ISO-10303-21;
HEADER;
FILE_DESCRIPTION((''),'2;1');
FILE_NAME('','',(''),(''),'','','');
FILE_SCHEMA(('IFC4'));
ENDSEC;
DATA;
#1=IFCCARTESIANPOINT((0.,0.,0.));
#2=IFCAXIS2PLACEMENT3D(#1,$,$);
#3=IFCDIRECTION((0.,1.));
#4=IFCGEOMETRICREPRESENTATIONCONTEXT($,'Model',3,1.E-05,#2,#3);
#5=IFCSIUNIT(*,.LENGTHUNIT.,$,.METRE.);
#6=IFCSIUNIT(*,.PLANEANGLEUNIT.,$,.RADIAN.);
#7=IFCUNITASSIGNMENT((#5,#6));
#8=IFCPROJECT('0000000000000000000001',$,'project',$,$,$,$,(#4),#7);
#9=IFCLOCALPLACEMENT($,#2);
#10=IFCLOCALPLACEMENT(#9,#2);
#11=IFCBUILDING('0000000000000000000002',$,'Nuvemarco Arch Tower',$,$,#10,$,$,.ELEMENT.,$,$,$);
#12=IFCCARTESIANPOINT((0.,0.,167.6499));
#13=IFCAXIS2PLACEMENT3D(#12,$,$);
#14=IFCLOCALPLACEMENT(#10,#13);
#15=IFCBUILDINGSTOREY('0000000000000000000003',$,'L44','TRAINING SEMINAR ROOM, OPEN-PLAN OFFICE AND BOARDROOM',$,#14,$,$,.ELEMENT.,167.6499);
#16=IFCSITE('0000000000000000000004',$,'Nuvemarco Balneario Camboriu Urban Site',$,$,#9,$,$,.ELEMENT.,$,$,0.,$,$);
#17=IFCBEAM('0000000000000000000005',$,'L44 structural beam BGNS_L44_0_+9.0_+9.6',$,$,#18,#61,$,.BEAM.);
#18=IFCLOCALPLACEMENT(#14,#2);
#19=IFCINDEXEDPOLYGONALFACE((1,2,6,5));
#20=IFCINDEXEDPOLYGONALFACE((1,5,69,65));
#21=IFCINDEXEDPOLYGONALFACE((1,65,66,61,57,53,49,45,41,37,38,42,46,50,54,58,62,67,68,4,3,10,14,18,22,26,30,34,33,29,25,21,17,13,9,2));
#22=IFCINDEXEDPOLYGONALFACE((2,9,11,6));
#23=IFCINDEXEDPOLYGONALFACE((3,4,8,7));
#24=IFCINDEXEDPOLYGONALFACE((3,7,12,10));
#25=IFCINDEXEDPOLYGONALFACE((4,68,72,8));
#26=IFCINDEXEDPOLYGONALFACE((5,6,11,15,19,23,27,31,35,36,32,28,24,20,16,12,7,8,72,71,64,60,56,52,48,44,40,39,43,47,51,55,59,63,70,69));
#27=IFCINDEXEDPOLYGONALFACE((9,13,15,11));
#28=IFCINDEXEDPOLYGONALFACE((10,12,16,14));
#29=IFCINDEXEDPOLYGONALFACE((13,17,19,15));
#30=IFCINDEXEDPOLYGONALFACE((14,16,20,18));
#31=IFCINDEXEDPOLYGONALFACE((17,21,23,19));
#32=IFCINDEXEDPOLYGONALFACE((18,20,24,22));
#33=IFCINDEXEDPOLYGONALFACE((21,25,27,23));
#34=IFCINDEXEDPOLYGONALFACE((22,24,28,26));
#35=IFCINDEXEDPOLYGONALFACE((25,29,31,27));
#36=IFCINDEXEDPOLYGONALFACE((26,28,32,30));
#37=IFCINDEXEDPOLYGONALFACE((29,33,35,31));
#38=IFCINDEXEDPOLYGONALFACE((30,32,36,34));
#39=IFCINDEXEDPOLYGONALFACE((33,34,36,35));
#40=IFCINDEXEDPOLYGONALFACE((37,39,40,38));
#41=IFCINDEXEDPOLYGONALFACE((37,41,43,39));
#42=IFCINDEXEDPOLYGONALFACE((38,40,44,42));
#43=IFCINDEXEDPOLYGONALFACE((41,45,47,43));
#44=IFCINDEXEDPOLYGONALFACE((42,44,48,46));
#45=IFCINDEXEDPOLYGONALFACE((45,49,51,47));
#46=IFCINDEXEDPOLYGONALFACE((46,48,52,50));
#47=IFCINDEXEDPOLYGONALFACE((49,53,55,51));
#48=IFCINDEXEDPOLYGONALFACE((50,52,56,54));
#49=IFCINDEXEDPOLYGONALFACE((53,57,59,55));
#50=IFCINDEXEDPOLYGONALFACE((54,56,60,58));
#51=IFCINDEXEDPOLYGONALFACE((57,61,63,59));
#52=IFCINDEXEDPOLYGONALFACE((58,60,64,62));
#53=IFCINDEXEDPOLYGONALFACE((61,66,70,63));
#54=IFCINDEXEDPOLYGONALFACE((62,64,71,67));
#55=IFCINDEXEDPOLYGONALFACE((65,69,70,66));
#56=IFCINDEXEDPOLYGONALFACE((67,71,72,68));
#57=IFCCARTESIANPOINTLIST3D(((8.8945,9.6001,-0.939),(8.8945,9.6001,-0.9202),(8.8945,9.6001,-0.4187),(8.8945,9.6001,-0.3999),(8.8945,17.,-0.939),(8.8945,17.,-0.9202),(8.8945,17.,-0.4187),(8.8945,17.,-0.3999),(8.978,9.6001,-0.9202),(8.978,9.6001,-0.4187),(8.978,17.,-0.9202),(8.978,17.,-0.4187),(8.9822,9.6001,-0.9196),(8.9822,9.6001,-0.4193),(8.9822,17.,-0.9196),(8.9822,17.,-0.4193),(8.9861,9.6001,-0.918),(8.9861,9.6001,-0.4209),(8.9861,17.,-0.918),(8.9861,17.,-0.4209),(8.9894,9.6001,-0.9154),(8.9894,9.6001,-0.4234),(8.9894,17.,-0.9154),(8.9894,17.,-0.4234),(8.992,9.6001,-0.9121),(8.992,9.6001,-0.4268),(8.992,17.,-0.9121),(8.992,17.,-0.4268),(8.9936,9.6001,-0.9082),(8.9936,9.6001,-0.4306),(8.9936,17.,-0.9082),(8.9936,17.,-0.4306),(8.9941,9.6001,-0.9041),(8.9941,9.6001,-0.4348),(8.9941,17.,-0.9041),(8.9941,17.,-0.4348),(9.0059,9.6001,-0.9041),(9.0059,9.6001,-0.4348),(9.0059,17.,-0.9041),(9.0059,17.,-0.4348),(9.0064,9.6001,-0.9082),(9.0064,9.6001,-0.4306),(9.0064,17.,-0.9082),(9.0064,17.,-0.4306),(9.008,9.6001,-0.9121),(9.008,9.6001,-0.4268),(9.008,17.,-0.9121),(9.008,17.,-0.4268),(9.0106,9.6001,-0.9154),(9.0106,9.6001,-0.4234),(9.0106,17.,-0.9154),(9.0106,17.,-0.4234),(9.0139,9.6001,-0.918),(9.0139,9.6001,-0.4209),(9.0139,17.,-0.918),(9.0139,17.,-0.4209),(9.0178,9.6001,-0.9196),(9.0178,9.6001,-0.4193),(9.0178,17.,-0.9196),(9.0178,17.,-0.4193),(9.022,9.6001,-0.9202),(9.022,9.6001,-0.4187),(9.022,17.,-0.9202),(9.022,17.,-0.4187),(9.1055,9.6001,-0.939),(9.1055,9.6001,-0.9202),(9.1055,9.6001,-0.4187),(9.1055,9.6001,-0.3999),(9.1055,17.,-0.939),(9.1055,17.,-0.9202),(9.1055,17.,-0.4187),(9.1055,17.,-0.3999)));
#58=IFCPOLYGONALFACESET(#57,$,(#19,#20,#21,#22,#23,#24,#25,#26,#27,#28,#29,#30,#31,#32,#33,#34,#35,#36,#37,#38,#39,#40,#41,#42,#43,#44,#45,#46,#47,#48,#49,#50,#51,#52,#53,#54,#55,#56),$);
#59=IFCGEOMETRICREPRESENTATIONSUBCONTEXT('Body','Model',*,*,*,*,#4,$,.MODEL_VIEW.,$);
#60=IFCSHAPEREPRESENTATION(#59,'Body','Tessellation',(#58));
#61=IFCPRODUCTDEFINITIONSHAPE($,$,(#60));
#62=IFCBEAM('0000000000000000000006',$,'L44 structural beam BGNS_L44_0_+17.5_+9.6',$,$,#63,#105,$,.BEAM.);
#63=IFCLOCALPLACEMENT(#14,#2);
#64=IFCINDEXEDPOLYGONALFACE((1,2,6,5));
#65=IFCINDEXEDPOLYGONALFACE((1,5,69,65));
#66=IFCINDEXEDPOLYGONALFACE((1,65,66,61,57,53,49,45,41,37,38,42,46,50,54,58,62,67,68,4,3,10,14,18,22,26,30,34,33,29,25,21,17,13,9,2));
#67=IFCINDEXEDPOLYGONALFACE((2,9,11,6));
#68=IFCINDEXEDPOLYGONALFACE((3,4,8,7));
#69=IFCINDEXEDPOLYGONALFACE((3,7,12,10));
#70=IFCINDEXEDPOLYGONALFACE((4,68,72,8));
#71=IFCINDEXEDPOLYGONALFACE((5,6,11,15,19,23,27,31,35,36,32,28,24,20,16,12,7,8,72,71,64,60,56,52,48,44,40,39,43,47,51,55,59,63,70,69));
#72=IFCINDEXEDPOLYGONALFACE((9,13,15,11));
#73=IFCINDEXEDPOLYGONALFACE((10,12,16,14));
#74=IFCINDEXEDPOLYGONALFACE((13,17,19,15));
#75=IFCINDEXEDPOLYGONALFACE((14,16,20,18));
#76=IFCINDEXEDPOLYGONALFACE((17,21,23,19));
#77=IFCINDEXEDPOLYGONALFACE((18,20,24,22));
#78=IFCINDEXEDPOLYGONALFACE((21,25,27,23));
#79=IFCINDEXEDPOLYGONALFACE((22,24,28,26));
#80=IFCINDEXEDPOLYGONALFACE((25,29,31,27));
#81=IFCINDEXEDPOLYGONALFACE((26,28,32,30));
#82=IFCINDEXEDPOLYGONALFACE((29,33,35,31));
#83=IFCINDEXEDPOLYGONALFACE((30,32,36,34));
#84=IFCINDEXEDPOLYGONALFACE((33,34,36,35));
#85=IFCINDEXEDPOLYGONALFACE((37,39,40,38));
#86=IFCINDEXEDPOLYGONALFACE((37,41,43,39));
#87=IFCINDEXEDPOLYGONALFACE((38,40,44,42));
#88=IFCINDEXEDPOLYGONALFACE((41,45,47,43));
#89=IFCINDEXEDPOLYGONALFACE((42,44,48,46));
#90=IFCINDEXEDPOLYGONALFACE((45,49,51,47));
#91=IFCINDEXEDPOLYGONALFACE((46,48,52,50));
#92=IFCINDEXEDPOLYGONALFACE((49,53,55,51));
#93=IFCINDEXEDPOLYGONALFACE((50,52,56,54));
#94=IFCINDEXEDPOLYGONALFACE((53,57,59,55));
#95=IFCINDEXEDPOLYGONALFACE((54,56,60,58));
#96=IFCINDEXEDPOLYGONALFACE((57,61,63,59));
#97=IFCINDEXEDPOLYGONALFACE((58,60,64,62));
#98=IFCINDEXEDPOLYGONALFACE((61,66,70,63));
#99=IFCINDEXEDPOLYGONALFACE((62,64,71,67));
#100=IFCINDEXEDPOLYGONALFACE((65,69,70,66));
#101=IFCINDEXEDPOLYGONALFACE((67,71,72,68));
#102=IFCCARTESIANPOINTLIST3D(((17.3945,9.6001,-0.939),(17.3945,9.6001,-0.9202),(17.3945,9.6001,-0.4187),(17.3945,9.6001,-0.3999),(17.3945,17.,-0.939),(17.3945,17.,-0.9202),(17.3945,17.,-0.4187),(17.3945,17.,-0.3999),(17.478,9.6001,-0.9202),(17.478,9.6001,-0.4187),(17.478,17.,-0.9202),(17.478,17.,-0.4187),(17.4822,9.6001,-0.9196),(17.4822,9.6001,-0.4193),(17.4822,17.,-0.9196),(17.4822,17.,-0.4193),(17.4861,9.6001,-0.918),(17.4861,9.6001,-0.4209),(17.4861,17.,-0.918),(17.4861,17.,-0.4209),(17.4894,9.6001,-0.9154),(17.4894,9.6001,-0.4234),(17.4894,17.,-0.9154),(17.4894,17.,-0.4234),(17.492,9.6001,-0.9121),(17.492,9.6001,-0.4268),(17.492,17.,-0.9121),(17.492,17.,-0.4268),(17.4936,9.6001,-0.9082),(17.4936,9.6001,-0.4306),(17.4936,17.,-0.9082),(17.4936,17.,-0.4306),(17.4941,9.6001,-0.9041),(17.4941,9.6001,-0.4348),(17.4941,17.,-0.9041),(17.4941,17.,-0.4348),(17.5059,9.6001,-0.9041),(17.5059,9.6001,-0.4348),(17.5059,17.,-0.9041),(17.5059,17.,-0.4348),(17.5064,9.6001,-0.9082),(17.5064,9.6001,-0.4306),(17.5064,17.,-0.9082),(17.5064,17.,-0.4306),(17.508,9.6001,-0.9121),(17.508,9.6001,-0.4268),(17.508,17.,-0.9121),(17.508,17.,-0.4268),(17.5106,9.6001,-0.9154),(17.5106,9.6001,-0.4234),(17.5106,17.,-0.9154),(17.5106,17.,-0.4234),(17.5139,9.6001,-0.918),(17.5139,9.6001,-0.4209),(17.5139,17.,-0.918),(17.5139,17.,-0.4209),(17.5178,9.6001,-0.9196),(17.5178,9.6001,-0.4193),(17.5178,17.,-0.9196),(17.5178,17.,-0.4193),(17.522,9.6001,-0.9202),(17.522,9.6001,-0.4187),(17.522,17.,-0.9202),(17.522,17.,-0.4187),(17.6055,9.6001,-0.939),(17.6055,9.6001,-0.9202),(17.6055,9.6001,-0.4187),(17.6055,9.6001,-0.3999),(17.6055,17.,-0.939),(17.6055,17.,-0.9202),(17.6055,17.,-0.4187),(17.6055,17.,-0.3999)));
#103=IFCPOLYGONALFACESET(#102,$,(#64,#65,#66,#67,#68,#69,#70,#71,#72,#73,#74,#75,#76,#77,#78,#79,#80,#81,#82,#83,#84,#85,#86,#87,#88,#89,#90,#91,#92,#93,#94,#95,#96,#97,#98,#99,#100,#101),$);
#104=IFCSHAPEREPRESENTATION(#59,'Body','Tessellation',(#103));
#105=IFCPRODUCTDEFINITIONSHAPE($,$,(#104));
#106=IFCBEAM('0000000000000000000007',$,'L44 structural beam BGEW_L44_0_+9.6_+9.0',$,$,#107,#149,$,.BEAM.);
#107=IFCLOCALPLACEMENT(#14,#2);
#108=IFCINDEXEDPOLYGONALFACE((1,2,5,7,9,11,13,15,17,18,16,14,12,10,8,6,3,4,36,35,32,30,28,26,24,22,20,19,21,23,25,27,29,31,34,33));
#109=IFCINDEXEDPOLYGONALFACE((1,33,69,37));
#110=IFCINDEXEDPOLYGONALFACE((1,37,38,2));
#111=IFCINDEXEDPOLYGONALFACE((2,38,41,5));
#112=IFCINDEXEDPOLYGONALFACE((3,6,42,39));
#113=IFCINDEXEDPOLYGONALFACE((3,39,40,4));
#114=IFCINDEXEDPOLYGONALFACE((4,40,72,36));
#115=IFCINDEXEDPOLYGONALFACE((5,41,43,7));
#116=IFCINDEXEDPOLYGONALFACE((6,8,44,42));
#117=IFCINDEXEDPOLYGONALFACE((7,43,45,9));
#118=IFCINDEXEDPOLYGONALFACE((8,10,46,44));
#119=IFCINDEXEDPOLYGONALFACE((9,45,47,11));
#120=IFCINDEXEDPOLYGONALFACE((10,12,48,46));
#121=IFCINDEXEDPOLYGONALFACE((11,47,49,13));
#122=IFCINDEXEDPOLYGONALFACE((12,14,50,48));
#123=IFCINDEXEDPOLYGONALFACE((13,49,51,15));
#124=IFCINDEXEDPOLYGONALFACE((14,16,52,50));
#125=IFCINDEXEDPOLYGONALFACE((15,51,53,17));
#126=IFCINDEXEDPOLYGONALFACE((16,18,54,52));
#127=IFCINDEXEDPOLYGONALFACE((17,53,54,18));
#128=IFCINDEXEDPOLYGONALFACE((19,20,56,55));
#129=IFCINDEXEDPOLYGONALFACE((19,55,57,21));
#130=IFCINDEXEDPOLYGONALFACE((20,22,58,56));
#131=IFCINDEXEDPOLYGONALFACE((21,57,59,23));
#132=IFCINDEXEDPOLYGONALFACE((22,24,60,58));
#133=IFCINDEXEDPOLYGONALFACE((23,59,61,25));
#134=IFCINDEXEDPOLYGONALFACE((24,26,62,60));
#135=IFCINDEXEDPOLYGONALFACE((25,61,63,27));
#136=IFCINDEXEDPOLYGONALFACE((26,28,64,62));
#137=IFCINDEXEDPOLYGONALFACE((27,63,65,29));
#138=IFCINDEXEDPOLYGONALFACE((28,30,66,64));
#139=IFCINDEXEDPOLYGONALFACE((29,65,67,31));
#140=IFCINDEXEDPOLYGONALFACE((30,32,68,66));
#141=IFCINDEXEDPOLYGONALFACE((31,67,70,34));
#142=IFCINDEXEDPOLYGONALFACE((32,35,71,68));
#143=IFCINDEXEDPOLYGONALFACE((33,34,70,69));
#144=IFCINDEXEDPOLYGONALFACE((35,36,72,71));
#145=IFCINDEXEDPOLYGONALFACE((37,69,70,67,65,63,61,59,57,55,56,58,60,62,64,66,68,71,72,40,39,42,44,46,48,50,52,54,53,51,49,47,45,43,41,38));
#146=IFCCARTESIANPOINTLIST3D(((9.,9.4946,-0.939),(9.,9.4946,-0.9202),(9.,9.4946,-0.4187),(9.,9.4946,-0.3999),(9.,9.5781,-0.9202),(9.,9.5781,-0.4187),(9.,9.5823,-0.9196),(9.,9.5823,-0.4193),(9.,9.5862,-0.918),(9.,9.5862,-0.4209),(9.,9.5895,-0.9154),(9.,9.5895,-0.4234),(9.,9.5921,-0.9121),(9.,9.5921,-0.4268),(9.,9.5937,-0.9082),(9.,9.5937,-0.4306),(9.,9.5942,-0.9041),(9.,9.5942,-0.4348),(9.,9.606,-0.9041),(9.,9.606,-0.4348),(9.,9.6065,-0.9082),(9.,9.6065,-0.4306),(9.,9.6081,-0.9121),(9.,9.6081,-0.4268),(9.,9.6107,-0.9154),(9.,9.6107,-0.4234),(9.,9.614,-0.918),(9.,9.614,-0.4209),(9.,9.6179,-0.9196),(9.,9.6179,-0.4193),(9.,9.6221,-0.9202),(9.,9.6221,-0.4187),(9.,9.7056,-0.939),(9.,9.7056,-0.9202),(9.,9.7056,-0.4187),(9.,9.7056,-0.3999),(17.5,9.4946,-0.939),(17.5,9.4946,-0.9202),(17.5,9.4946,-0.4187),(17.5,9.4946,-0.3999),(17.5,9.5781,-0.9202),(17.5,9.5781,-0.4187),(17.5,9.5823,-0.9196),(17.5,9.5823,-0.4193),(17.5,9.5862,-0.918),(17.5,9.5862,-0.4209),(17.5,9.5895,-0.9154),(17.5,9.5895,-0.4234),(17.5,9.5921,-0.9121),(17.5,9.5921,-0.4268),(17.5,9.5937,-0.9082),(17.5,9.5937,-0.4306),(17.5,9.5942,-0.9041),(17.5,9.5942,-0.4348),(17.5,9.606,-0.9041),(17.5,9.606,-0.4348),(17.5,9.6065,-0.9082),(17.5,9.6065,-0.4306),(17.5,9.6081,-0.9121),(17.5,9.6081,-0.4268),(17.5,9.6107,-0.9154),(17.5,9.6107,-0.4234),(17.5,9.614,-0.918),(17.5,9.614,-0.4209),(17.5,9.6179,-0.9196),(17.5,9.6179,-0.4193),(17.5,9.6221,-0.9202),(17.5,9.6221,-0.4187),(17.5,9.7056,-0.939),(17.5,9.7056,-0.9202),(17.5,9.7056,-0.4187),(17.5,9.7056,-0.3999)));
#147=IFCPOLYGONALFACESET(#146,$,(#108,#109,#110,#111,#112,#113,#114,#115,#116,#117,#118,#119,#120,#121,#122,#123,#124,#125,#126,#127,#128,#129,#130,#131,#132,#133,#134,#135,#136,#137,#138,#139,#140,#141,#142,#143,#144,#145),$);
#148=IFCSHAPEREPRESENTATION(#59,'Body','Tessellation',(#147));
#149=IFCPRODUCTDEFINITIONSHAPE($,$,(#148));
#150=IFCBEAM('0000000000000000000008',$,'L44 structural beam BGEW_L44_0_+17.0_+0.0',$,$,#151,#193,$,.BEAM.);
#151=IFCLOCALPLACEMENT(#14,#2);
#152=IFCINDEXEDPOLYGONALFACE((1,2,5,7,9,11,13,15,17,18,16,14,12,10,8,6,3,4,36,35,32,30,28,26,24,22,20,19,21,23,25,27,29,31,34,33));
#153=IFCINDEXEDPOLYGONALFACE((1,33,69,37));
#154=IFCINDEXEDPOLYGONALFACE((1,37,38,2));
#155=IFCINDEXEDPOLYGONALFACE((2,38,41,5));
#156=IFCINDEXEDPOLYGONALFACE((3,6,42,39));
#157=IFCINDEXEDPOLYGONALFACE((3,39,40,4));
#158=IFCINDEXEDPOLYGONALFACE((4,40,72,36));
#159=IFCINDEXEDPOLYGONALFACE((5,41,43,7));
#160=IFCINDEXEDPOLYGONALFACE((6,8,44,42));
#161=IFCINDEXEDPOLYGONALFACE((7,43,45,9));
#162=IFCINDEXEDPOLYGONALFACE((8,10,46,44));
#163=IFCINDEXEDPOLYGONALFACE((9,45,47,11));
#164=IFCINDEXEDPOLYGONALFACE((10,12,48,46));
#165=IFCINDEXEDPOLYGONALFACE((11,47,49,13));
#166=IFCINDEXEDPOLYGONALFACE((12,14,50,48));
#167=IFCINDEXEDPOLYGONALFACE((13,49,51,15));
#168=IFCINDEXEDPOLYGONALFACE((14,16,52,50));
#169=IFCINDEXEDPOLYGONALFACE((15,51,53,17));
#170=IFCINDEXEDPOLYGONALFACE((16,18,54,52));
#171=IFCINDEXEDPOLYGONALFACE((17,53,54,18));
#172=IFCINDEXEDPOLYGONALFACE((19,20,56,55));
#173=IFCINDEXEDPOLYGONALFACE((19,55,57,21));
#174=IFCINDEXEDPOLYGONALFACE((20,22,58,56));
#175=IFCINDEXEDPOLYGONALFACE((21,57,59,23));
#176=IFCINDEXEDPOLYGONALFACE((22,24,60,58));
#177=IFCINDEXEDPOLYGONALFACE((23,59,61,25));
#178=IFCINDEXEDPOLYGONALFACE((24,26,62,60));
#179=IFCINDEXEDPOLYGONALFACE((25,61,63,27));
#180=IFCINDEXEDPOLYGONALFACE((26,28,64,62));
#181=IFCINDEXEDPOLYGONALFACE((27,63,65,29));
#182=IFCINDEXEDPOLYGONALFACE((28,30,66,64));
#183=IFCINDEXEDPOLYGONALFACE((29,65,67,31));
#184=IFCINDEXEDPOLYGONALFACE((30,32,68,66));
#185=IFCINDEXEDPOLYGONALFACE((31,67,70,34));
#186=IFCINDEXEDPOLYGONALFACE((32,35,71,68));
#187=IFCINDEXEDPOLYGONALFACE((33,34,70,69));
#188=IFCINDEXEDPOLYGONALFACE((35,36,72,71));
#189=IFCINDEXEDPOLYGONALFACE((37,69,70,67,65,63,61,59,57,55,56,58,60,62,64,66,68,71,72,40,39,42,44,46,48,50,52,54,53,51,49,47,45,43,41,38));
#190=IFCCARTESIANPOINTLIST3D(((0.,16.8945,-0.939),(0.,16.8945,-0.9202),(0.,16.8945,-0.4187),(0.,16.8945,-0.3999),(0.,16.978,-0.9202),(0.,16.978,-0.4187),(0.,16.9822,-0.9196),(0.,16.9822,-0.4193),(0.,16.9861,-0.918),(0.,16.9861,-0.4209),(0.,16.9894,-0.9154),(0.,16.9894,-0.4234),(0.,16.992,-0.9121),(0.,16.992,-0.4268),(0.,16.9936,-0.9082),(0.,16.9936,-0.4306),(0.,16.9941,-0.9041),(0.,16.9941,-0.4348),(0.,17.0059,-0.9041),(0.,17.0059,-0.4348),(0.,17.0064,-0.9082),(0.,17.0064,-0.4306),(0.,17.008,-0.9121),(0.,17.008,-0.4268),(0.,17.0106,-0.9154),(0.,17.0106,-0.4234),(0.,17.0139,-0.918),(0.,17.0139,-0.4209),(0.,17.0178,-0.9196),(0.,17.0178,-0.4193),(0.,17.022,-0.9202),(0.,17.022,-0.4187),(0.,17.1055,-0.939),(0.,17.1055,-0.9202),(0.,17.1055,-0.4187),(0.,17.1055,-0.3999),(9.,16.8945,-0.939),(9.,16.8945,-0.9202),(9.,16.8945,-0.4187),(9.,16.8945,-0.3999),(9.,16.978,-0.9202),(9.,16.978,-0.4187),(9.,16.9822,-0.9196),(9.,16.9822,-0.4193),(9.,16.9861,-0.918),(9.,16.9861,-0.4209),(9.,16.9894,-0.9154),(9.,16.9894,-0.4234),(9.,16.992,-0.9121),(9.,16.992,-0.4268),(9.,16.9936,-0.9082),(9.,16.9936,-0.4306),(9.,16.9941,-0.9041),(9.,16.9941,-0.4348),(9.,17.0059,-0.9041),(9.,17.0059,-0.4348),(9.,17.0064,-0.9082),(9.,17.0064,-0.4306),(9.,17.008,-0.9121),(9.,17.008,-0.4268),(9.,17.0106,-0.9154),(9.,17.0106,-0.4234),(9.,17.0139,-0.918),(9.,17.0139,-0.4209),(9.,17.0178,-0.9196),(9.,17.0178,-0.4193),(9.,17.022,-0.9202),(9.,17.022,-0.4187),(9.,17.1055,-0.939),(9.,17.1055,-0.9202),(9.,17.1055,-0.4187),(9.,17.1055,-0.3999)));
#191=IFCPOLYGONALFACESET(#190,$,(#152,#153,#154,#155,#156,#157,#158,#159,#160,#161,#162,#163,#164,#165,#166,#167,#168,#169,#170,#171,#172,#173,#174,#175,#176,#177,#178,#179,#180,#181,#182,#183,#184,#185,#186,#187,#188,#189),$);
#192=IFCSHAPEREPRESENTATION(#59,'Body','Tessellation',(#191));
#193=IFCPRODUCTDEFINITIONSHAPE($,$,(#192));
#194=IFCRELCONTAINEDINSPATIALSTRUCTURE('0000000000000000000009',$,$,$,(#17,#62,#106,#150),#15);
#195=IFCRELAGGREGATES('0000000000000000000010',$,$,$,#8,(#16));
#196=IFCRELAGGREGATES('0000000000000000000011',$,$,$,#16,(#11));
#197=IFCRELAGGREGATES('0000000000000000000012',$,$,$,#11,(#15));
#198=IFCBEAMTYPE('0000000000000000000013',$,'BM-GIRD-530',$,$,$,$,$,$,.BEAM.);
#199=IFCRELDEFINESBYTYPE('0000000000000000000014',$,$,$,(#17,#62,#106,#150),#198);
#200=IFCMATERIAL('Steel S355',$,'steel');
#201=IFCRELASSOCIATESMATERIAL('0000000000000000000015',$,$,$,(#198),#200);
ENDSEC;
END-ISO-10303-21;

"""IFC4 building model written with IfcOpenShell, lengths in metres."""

from ifc_helpers import new_model, si_unit, direction, frame, origin, origin_2d, place, context, subcontext, project, spatial, i_section, extrude, material, material_profile, profile_set, type_object, element, save


model = new_model("IFC4")

# Units and contexts
model_context = context("Model", 3, precision=1e-05, world=origin(), true_north=direction((0.0, 1.0)))
body_context = subcontext(model_context, "Body", "Model", "MODEL_VIEW")
ifc_project = project(units=[si_unit("LENGTHUNIT", "METRE"), si_unit("PLANEANGLEUNIT", "RADIAN")], contexts=[model_context])

# Site, building, storey
site_placement = place(None, origin())
site = spatial("IfcSite", under=ifc_project, at=site_placement, Name="Nuvemarco Balneario Camboriu Urban Site", CompositionType="ELEMENT", RefElevation=0.0)
building_placement = place(site_placement, origin())
building = spatial("IfcBuilding", under=site, at=building_placement, Name="Nuvemarco Arch Tower", CompositionType="ELEMENT")
storey_placement = place(building_placement, frame((0.0, 0.0, 167.6499)))
storey = spatial("IfcBuildingStorey", under=building, at=storey_placement, Name="L44", Description="TRAINING SEMINAR ROOM, OPEN-PLAN OFFICE AND BOARDROOM", CompositionType="ELEMENT", Elevation=167.6499)

# Shared definitions
ifc_material_1 = material(Name="Steel S355", Category="steel")

# Beams
ifc_material_profile_1 = material_profile(ifc_material_1, i_section(OverallWidth=0.2109, OverallDepth=0.5391, WebThickness=0.0117, FlangeThickness=0.0188, FilletRadius=0.0161, at=origin_2d()), Name="W530x109")
ifc_profile_set_1 = profile_set([ifc_material_profile_1], Name="Steel S355")
beam_type_1 = type_object("IfcBeamType", Name="BM-GIRD-530", PredefinedType="BEAM", material=ifc_profile_set_1)
for number, where, z_axis, x_axis, name in (
    (1, (9.0, 9.6001, -0.6694), (0.0, 1.0, 0.0), (-1.0, 0.0, 0.0), "L44 structural beam BGNS_L44_0_+9.0_+9.6"),
    (2, (17.5, 9.6001, -0.6694), (0.0, 1.0, 0.0), (-1.0, 0.0, 0.0), "L44 structural beam BGNS_L44_0_+17.5_+9.6"),
):
    element("IfcBeam", number, at=place(storey_placement, frame(where, z_axis=z_axis, x_axis=x_axis)), inside=storey, type_object=beam_type_1, Name=name, PredefinedType="BEAM", context=body_context, shape_type="SweptSolid", body=[
        extrude(i_section(OverallWidth=0.2109, OverallDepth=0.5391, WebThickness=0.0117, FlangeThickness=0.0188, FilletRadius=0.0161, at=origin_2d()), origin(), (0.0, 0.0, 1.0), 7.3999),
    ])
beam_1_placement = place(storey_placement, frame((9.0, 9.6001, -0.6694), z_axis=(1.0, 0.0, 0.0), x_axis=(0.0, 1.0, 0.0)))
element("IfcBeam", 3, at=beam_1_placement, inside=storey, type_object=beam_type_1, Name="L44 structural beam BGEW_L44_0_+9.6_+9.0", PredefinedType="BEAM", context=body_context, shape_type="SweptSolid", body=[
    extrude(i_section(OverallWidth=0.2109, OverallDepth=0.5391, WebThickness=0.0117, FlangeThickness=0.0188, FilletRadius=0.0161, at=origin_2d()), origin(), (0.0, 0.0, 1.0), 8.5),
])
beam_2_placement = place(storey_placement, frame((0.0, 17.0, -0.6694), z_axis=(1.0, 0.0, 0.0), x_axis=(0.0, 1.0, 0.0)))
element("IfcBeam", 4, at=beam_2_placement, inside=storey, type_object=beam_type_1, Name="L44 structural beam BGEW_L44_0_+17.0_+0.0", PredefinedType="BEAM", context=body_context, shape_type="SweptSolid", body=[
    extrude(i_section(OverallWidth=0.2109, OverallDepth=0.5391, WebThickness=0.0117, FlangeThickness=0.0188, FilletRadius=0.0161, at=origin_2d()), origin(), (0.0, 0.0, 1.0), 9.0),
])

save(model, "model.ifc")
